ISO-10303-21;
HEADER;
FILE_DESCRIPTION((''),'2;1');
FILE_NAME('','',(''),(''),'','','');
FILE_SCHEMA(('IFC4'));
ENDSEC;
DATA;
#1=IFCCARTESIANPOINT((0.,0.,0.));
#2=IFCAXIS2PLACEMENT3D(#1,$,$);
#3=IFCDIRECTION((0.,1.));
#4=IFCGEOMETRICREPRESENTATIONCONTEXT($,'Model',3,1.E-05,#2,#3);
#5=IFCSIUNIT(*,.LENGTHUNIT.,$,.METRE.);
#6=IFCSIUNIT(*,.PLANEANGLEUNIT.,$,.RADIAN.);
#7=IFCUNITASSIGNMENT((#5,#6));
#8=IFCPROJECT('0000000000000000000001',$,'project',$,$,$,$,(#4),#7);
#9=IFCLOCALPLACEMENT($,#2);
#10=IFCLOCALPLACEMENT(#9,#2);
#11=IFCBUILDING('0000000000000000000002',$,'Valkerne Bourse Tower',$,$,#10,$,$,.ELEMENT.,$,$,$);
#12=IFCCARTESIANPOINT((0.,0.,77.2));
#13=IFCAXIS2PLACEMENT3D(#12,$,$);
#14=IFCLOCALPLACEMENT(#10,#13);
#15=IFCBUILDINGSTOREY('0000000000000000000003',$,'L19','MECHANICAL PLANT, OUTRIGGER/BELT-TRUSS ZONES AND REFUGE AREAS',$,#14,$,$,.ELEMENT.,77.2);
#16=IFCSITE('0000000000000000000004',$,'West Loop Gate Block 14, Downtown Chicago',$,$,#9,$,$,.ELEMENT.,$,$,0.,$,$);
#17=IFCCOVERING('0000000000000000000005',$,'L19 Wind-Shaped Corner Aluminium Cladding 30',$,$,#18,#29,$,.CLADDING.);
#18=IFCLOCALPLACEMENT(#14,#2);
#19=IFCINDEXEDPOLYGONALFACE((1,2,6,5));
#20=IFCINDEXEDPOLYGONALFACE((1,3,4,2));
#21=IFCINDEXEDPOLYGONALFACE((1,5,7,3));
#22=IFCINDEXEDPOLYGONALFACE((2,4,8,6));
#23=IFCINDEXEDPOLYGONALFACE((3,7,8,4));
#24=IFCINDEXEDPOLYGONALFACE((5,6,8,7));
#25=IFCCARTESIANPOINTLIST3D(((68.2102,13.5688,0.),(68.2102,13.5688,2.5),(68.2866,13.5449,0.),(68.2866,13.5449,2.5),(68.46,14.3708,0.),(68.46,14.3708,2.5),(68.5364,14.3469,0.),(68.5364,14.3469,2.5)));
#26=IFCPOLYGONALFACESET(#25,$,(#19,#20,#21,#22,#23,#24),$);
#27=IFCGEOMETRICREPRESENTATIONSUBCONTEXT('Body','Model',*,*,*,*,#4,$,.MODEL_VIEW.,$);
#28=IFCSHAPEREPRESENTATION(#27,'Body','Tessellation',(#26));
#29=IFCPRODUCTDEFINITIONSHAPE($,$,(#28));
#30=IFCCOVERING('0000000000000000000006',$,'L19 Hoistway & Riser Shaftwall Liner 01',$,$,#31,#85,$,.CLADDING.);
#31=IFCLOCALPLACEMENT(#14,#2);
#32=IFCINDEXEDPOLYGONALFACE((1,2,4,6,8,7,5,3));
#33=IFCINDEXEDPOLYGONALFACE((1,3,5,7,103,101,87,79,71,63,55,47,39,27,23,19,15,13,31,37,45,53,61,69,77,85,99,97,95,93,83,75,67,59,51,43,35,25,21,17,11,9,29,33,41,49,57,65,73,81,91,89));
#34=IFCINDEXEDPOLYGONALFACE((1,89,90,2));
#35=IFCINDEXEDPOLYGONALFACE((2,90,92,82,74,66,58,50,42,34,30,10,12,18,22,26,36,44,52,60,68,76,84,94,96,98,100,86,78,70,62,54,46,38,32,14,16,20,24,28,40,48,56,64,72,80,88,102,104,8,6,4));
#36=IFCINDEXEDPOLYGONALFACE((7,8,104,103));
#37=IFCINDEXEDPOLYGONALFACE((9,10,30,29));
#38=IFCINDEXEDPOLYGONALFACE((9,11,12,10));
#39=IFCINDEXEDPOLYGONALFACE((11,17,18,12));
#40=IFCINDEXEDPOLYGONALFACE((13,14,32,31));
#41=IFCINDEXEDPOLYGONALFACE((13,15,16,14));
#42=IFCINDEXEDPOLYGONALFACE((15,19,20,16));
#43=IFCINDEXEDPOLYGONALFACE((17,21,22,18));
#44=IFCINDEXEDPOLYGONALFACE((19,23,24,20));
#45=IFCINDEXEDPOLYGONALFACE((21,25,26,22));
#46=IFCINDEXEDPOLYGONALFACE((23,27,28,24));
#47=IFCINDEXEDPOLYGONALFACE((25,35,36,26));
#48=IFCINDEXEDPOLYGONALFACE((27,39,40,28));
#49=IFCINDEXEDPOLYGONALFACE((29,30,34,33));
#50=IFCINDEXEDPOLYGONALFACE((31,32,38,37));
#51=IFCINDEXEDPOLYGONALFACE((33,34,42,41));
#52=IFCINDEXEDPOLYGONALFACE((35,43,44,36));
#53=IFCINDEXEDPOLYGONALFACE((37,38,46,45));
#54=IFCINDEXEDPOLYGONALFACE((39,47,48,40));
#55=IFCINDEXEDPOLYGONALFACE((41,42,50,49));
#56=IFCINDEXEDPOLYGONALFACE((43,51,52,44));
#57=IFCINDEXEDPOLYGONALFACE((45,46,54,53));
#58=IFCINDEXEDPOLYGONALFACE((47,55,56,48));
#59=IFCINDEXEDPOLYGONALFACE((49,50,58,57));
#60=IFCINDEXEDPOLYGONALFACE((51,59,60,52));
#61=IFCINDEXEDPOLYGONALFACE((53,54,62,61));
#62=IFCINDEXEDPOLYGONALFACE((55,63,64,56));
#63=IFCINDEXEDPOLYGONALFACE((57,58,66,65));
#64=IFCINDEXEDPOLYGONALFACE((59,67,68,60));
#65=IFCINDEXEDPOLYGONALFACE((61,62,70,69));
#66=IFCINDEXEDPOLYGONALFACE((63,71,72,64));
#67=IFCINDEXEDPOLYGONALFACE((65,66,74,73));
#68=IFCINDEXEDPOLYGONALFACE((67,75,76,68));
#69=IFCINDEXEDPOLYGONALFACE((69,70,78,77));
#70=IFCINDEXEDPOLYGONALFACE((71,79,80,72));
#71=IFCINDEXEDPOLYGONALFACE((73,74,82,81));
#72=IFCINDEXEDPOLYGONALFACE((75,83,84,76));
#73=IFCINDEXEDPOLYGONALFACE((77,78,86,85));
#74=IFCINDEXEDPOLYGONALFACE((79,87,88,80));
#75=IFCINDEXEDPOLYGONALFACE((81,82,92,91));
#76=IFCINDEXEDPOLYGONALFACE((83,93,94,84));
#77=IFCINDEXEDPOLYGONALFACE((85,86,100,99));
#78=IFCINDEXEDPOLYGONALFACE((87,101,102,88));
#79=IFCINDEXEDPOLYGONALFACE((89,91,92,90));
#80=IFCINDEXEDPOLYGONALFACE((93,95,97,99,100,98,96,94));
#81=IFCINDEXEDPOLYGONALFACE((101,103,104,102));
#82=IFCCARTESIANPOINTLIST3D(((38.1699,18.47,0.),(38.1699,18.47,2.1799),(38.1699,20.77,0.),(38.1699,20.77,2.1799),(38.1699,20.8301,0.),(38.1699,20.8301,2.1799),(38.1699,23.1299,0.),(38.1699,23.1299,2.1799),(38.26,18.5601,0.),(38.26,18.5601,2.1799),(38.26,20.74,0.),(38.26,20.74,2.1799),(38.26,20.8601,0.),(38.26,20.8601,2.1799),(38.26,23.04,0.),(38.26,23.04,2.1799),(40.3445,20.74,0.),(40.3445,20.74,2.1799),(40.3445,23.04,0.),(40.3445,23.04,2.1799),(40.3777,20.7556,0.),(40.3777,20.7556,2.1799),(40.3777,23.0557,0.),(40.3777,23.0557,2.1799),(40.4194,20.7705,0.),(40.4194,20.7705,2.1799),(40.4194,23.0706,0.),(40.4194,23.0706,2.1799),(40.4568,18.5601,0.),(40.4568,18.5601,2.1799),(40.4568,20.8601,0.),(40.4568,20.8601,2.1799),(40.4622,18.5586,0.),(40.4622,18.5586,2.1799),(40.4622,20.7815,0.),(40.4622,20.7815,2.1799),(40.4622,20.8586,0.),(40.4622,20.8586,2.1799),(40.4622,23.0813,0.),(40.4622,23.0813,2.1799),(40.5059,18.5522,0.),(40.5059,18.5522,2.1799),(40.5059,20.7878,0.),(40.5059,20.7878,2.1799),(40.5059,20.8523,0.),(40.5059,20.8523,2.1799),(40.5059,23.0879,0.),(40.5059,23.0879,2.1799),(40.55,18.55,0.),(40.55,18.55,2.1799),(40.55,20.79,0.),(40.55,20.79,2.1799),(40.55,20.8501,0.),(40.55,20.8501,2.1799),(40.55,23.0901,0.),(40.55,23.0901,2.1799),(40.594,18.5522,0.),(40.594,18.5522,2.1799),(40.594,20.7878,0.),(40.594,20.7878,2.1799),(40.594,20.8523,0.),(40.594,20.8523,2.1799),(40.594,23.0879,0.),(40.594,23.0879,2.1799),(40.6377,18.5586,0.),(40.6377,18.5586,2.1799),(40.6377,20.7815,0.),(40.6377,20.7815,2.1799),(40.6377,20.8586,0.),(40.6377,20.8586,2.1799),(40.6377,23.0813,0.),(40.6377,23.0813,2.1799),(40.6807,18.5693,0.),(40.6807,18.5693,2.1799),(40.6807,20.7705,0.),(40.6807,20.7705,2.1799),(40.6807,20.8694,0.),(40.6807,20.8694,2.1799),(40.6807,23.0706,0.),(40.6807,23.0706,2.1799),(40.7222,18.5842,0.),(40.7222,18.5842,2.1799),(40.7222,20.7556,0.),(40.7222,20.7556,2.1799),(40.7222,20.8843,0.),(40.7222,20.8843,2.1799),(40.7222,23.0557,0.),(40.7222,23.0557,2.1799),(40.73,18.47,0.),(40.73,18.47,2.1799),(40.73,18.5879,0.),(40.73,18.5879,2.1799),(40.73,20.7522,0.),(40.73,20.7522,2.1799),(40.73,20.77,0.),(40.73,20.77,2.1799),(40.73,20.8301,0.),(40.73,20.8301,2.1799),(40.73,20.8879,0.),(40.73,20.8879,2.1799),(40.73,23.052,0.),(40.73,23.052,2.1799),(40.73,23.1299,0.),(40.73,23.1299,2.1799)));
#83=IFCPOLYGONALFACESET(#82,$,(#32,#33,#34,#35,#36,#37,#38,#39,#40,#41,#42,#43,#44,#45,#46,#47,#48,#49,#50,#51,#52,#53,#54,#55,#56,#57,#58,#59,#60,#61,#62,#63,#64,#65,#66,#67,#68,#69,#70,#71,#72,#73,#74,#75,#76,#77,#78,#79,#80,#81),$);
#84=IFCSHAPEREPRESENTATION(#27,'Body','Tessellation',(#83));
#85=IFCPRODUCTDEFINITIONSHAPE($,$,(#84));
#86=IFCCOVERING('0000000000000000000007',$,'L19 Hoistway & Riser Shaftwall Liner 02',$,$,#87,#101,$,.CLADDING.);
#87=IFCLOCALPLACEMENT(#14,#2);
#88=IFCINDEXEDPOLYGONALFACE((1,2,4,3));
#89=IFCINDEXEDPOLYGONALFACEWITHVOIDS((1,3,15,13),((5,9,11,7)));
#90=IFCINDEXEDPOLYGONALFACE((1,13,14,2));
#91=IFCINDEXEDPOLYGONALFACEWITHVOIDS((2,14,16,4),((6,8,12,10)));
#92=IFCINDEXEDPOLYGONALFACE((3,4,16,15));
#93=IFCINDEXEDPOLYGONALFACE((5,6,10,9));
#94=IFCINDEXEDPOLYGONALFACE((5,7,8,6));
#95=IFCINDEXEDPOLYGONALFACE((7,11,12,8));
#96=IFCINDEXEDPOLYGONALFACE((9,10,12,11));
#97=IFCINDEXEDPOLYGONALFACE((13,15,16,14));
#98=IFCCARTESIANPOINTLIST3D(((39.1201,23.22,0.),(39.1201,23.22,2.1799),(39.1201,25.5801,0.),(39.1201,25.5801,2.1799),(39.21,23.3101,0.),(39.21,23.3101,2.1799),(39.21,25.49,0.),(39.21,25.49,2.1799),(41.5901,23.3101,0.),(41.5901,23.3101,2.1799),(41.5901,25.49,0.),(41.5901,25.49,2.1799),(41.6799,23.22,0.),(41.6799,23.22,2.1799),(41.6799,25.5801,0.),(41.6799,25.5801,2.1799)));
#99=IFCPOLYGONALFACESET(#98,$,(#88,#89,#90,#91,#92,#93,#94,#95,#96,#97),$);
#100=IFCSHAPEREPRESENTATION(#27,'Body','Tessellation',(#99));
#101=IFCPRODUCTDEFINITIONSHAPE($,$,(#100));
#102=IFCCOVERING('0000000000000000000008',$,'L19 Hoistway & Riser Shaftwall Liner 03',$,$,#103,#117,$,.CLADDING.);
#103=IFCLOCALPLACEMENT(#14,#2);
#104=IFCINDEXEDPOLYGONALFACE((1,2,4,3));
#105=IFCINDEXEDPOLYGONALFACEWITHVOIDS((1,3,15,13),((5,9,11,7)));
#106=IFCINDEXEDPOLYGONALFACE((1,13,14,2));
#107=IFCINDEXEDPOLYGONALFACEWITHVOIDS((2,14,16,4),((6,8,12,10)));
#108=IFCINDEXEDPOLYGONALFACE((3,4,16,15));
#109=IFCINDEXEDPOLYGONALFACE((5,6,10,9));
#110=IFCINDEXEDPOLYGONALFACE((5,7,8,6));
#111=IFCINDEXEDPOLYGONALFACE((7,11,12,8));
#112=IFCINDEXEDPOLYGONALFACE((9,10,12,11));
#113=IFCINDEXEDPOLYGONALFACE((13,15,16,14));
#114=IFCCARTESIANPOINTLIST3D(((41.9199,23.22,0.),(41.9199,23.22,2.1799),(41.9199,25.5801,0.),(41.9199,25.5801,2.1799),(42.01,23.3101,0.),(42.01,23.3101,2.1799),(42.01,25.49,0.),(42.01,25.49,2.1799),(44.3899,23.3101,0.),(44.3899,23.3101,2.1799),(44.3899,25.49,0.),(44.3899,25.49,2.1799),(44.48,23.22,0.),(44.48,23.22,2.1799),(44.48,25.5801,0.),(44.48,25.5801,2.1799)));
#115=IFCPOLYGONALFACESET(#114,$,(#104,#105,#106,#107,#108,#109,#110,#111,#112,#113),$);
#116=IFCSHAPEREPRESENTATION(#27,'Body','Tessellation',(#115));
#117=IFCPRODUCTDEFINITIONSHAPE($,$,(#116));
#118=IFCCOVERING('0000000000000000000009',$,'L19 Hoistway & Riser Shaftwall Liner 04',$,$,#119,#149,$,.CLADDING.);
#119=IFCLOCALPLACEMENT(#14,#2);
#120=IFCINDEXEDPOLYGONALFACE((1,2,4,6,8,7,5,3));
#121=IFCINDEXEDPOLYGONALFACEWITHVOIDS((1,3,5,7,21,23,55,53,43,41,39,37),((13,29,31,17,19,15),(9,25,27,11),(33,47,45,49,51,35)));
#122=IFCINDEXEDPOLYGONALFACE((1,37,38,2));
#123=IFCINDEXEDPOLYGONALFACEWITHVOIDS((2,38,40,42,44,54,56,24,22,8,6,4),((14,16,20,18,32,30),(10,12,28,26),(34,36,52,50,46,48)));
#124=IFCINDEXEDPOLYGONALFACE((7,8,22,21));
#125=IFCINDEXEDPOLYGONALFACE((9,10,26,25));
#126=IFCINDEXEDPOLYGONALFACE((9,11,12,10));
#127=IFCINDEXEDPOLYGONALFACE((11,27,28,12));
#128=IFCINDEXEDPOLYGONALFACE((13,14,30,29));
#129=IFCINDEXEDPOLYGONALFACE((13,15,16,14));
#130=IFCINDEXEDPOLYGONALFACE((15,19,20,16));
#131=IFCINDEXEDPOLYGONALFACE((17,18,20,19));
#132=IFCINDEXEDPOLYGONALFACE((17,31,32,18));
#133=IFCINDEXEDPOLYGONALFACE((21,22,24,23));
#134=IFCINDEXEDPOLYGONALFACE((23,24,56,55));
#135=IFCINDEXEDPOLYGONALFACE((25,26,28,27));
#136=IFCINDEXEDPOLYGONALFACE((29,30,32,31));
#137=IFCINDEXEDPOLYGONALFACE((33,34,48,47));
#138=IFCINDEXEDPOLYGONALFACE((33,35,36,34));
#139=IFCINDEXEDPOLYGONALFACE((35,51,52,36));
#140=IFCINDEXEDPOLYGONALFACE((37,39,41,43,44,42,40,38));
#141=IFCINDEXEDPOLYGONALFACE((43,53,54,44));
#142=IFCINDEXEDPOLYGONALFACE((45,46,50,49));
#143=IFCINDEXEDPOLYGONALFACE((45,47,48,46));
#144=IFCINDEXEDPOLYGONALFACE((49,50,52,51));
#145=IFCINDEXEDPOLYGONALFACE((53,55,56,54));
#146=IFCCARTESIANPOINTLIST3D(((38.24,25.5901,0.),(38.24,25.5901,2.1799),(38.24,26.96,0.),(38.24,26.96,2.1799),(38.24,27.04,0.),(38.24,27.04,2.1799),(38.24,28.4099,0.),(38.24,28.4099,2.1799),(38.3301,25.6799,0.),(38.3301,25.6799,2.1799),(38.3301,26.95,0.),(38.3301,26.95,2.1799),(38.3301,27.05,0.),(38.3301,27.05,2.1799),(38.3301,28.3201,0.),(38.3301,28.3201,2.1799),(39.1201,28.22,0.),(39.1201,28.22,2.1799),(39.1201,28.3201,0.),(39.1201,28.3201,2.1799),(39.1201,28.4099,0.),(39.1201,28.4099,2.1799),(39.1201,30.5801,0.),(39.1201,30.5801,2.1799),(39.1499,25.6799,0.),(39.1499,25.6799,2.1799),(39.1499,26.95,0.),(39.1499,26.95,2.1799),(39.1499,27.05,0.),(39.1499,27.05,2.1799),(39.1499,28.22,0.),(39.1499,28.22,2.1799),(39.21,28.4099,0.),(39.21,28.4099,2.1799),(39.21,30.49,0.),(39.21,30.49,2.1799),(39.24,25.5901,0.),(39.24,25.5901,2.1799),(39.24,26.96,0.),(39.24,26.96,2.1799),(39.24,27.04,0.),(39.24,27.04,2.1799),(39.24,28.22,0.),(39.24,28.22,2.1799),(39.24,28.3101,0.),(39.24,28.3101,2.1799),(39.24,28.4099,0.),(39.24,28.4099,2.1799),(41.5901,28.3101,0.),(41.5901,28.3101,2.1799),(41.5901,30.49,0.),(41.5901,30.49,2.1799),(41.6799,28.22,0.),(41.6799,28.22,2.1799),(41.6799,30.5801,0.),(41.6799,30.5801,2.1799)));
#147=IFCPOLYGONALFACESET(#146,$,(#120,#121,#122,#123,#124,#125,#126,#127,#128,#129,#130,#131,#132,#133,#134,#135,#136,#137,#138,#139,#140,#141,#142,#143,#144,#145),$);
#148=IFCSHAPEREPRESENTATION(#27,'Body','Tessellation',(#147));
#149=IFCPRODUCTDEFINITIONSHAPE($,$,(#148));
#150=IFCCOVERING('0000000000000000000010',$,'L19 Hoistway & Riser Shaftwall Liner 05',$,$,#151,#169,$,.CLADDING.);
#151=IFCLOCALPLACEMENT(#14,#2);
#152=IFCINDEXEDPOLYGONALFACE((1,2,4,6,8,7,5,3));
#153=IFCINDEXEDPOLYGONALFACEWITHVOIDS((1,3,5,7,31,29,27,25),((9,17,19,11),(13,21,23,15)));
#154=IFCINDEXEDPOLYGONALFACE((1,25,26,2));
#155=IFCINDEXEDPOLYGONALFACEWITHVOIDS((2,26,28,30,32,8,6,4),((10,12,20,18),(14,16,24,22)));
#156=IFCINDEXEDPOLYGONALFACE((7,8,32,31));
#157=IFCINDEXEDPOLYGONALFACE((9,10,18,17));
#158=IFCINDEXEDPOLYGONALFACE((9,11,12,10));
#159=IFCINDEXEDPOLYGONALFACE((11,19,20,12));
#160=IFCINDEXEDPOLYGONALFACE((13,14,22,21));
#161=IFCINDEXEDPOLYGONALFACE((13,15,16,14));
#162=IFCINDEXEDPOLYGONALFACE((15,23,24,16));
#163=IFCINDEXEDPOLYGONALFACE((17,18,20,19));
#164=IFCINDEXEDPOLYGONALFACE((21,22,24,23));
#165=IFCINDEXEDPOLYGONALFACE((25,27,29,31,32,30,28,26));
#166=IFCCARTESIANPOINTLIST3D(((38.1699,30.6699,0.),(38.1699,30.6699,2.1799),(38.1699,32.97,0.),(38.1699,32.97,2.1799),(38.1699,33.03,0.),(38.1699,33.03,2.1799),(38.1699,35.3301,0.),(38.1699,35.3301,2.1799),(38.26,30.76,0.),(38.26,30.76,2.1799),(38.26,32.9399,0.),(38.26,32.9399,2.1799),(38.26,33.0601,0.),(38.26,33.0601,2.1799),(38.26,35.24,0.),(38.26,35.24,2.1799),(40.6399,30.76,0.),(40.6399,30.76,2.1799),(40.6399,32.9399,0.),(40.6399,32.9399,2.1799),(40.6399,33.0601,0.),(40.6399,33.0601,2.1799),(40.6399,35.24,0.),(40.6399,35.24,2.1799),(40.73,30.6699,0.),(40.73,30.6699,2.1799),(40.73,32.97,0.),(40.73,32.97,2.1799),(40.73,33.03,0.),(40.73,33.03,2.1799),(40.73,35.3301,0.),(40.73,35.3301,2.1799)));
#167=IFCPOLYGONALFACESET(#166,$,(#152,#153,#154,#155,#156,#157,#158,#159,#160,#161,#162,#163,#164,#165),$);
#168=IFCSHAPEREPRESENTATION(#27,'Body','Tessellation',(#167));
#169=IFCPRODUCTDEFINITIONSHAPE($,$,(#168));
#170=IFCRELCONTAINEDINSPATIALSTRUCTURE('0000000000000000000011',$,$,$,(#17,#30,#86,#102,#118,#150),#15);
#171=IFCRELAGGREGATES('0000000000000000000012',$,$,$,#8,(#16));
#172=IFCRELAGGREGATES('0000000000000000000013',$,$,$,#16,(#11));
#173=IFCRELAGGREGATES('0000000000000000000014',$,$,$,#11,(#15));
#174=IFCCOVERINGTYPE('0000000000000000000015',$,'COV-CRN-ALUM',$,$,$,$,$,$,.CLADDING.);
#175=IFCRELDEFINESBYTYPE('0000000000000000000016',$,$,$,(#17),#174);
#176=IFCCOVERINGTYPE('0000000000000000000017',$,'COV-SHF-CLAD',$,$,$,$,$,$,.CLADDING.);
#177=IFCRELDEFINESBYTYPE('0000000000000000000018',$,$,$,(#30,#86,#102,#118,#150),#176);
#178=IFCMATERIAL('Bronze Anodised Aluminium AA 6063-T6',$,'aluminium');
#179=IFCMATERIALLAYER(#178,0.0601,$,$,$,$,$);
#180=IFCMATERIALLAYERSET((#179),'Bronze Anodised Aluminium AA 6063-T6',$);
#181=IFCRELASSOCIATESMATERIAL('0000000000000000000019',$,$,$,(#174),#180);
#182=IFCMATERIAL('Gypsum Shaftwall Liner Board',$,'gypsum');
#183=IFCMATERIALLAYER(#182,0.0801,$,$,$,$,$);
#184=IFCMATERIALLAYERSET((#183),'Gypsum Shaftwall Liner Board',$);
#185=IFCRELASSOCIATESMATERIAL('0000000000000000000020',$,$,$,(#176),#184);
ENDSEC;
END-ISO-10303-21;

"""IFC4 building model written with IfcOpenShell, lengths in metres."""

from ifc_helpers import new_model, si_unit, direction, frame, origin, place, context, subcontext, project, spatial, polyline, outline, extrude, material, layer, layer_set, type_object, element, save


model = new_model("IFC4")

# Units and contexts
model_context = context("Model", 3, precision=1e-05, world=origin(), true_north=direction((0.0, 1.0)))
body_context = subcontext(model_context, "Body", "Model", "MODEL_VIEW")
ifc_project = project(units=[si_unit("LENGTHUNIT", "METRE"), si_unit("PLANEANGLEUNIT", "RADIAN")], contexts=[model_context])

# Site, building, storey
site_placement = place(None, origin())
site = spatial("IfcSite", under=ifc_project, at=site_placement, Name="West Loop Gate Block 14, Downtown Chicago", CompositionType="ELEMENT", RefElevation=0.0)
building_placement = place(site_placement, origin())
building = spatial("IfcBuilding", under=site, at=building_placement, Name="Valkerne Bourse Tower", CompositionType="ELEMENT")
storey_placement = place(building_placement, frame((0.0, 0.0, 77.2)))
storey = spatial("IfcBuildingStorey", under=building, at=storey_placement, Name="L19", Description="MECHANICAL PLANT, OUTRIGGER/BELT-TRUSS ZONES AND REFUGE AREAS", CompositionType="ELEMENT", Elevation=77.2)

# Shared definitions
ifc_material_1 = material(Name="Bronze Anodised Aluminium AA 6063-T6", Category="aluminium")

# Coverings
ifc_layer_1 = layer(ifc_material_1, 0.0601)
ifc_layer_set_1 = layer_set([ifc_layer_1], Name="Bronze Anodised Aluminium AA 6063-T6")
covering_type_1 = type_object("IfcCoveringType", Name="COV-CRN-ALUM", PredefinedType="CLADDING", material=ifc_layer_set_1)
covering_1_placement = place(storey_placement, origin())
element("IfcCovering", 1, at=covering_1_placement, inside=storey, type_object=covering_type_1, Name="L19 Wind-Shaped Corner Aluminium Cladding 30", PredefinedType="CLADDING", context=body_context, shape_type="SweptSolid", body=[
    extrude(outline(polyline([(68.2866, 13.5449), (68.2102, 13.5688), (68.46, 14.3708), (68.5364, 14.3469), (68.2866, 13.5449)])), origin(), (0.0, 0.0, 1.0), 2.5),
])
ifc_material_2 = material(Name="Gypsum Shaftwall Liner Board", Category="gypsum")
ifc_layer_2 = layer(ifc_material_2, 0.0801)
ifc_layer_set_2 = layer_set([ifc_layer_2], Name="Gypsum Shaftwall Liner Board")
covering_type_2 = type_object("IfcCoveringType", Name="COV-SHF-CLAD", PredefinedType="CLADDING", material=ifc_layer_set_2)
covering_2_placement = place(storey_placement, origin())
element("IfcCovering", 2, at=covering_2_placement, inside=storey, type_object=covering_type_2, Name="L19 Hoistway & Riser Shaftwall Liner 01", PredefinedType="CLADDING", context=body_context, shape_type="SweptSolid", body=[
    extrude(outline(polyline([(38.1699, 23.1299), (40.73, 23.1299), (40.73, 23.052), (40.7222, 23.0557), (40.6807, 23.0706), (40.6377, 23.0813), (40.594, 23.0879), (40.55, 23.0901), (40.5059, 23.0879), (40.4622, 23.0813), (40.4194, 23.0706), (40.3777, 23.0557), (40.3445, 23.04), (38.26, 23.04), (38.26, 20.8601), (40.4568, 20.8601), (40.4622, 20.8586), (40.5059, 20.8523), (40.55, 20.8501), (40.594, 20.8523), (40.6377, 20.8586), (40.6807, 20.8694), (40.7222, 20.8843), (40.73, 20.8879), (40.73, 20.8301), (40.73, 20.77), (40.73, 20.7522), (40.7222, 20.7556), (40.6807, 20.7705), (40.6377, 20.7815), (40.594, 20.7878), (40.55, 20.79), (40.5059, 20.7878), (40.4622, 20.7815), (40.4194, 20.7705), (40.3777, 20.7556), (40.3445, 20.74), (38.26, 20.74), (38.26, 18.5601), (40.4568, 18.5601), (40.4622, 18.5586), (40.5059, 18.5522), (40.55, 18.55), (40.594, 18.5522), (40.6377, 18.5586), (40.6807, 18.5693), (40.7222, 18.5842), (40.73, 18.5879), (40.73, 18.47), (38.1699, 18.47), (38.1699, 20.77), (38.1699, 20.8301), (38.1699, 23.1299)])), origin(), (0.0, 0.0, 1.0), 2.1799),
])
covering_3_placement = place(storey_placement, origin())
element("IfcCovering", 3, at=covering_3_placement, inside=storey, type_object=covering_type_2, Name="L19 Hoistway & Riser Shaftwall Liner 02", PredefinedType="CLADDING", context=body_context, shape_type="SweptSolid", body=[
    extrude(outline(polyline([(41.6799, 23.22), (39.1201, 23.22), (39.1201, 25.5801), (41.6799, 25.5801), (41.6799, 23.22)]), holes=[polyline([(39.21, 25.49), (39.21, 23.3101), (41.5901, 23.3101), (41.5901, 25.49), (39.21, 25.49)])]), origin(), (0.0, 0.0, 1.0), 2.1799),
])
covering_4_placement = place(storey_placement, origin())
element("IfcCovering", 4, at=covering_4_placement, inside=storey, type_object=covering_type_2, Name="L19 Hoistway & Riser Shaftwall Liner 03", PredefinedType="CLADDING", context=body_context, shape_type="SweptSolid", body=[
    extrude(outline(polyline([(44.48, 23.22), (41.9199, 23.22), (41.9199, 25.5801), (44.48, 25.5801), (44.48, 23.22)]), holes=[polyline([(42.01, 25.49), (42.01, 23.3101), (44.3899, 23.3101), (44.3899, 25.49), (42.01, 25.49)])]), origin(), (0.0, 0.0, 1.0), 2.1799),
])
covering_5_placement = place(storey_placement, origin())
element("IfcCovering", 5, at=covering_5_placement, inside=storey, type_object=covering_type_2, Name="L19 Hoistway & Riser Shaftwall Liner 04", PredefinedType="CLADDING", context=body_context, shape_type="SweptSolid", body=[
    extrude(outline(polyline([(38.24, 28.4099), (39.1201, 28.4099), (39.1201, 30.5801), (41.6799, 30.5801), (41.6799, 28.22), (39.24, 28.22), (39.24, 27.04), (39.24, 26.96), (39.24, 25.5901), (38.24, 25.5901), (38.24, 26.96), (38.24, 27.04), (38.24, 28.4099)]), holes=[polyline([(39.21, 30.49), (39.21, 28.4099), (39.24, 28.4099), (39.24, 28.3101), (41.5901, 28.3101), (41.5901, 30.49), (39.21, 30.49)]), polyline([(38.3301, 26.95), (38.3301, 25.6799), (39.1499, 25.6799), (39.1499, 26.95), (38.3301, 26.95)]), polyline([(39.1201, 28.22), (39.1201, 28.3201), (38.3301, 28.3201), (38.3301, 27.05), (39.1499, 27.05), (39.1499, 28.22), (39.1201, 28.22)])]), origin(), (0.0, 0.0, 1.0), 2.1799),
])
covering_6_placement = place(storey_placement, origin())
element("IfcCovering", 6, at=covering_6_placement, inside=storey, type_object=covering_type_2, Name="L19 Hoistway & Riser Shaftwall Liner 05", PredefinedType="CLADDING", context=body_context, shape_type="SweptSolid", body=[
    extrude(outline(polyline([(38.1699, 35.3301), (40.73, 35.3301), (40.73, 33.03), (40.73, 32.97), (40.73, 30.6699), (38.1699, 30.6699), (38.1699, 32.97), (38.1699, 33.03), (38.1699, 35.3301)]), holes=[polyline([(38.26, 32.9399), (38.26, 30.76), (40.6399, 30.76), (40.6399, 32.9399), (38.26, 32.9399)]), polyline([(38.26, 35.24), (38.26, 33.0601), (40.6399, 33.0601), (40.6399, 35.24), (38.26, 35.24)])]), origin(), (0.0, 0.0, 1.0), 2.1799),
])

save(model, "model.ifc")
